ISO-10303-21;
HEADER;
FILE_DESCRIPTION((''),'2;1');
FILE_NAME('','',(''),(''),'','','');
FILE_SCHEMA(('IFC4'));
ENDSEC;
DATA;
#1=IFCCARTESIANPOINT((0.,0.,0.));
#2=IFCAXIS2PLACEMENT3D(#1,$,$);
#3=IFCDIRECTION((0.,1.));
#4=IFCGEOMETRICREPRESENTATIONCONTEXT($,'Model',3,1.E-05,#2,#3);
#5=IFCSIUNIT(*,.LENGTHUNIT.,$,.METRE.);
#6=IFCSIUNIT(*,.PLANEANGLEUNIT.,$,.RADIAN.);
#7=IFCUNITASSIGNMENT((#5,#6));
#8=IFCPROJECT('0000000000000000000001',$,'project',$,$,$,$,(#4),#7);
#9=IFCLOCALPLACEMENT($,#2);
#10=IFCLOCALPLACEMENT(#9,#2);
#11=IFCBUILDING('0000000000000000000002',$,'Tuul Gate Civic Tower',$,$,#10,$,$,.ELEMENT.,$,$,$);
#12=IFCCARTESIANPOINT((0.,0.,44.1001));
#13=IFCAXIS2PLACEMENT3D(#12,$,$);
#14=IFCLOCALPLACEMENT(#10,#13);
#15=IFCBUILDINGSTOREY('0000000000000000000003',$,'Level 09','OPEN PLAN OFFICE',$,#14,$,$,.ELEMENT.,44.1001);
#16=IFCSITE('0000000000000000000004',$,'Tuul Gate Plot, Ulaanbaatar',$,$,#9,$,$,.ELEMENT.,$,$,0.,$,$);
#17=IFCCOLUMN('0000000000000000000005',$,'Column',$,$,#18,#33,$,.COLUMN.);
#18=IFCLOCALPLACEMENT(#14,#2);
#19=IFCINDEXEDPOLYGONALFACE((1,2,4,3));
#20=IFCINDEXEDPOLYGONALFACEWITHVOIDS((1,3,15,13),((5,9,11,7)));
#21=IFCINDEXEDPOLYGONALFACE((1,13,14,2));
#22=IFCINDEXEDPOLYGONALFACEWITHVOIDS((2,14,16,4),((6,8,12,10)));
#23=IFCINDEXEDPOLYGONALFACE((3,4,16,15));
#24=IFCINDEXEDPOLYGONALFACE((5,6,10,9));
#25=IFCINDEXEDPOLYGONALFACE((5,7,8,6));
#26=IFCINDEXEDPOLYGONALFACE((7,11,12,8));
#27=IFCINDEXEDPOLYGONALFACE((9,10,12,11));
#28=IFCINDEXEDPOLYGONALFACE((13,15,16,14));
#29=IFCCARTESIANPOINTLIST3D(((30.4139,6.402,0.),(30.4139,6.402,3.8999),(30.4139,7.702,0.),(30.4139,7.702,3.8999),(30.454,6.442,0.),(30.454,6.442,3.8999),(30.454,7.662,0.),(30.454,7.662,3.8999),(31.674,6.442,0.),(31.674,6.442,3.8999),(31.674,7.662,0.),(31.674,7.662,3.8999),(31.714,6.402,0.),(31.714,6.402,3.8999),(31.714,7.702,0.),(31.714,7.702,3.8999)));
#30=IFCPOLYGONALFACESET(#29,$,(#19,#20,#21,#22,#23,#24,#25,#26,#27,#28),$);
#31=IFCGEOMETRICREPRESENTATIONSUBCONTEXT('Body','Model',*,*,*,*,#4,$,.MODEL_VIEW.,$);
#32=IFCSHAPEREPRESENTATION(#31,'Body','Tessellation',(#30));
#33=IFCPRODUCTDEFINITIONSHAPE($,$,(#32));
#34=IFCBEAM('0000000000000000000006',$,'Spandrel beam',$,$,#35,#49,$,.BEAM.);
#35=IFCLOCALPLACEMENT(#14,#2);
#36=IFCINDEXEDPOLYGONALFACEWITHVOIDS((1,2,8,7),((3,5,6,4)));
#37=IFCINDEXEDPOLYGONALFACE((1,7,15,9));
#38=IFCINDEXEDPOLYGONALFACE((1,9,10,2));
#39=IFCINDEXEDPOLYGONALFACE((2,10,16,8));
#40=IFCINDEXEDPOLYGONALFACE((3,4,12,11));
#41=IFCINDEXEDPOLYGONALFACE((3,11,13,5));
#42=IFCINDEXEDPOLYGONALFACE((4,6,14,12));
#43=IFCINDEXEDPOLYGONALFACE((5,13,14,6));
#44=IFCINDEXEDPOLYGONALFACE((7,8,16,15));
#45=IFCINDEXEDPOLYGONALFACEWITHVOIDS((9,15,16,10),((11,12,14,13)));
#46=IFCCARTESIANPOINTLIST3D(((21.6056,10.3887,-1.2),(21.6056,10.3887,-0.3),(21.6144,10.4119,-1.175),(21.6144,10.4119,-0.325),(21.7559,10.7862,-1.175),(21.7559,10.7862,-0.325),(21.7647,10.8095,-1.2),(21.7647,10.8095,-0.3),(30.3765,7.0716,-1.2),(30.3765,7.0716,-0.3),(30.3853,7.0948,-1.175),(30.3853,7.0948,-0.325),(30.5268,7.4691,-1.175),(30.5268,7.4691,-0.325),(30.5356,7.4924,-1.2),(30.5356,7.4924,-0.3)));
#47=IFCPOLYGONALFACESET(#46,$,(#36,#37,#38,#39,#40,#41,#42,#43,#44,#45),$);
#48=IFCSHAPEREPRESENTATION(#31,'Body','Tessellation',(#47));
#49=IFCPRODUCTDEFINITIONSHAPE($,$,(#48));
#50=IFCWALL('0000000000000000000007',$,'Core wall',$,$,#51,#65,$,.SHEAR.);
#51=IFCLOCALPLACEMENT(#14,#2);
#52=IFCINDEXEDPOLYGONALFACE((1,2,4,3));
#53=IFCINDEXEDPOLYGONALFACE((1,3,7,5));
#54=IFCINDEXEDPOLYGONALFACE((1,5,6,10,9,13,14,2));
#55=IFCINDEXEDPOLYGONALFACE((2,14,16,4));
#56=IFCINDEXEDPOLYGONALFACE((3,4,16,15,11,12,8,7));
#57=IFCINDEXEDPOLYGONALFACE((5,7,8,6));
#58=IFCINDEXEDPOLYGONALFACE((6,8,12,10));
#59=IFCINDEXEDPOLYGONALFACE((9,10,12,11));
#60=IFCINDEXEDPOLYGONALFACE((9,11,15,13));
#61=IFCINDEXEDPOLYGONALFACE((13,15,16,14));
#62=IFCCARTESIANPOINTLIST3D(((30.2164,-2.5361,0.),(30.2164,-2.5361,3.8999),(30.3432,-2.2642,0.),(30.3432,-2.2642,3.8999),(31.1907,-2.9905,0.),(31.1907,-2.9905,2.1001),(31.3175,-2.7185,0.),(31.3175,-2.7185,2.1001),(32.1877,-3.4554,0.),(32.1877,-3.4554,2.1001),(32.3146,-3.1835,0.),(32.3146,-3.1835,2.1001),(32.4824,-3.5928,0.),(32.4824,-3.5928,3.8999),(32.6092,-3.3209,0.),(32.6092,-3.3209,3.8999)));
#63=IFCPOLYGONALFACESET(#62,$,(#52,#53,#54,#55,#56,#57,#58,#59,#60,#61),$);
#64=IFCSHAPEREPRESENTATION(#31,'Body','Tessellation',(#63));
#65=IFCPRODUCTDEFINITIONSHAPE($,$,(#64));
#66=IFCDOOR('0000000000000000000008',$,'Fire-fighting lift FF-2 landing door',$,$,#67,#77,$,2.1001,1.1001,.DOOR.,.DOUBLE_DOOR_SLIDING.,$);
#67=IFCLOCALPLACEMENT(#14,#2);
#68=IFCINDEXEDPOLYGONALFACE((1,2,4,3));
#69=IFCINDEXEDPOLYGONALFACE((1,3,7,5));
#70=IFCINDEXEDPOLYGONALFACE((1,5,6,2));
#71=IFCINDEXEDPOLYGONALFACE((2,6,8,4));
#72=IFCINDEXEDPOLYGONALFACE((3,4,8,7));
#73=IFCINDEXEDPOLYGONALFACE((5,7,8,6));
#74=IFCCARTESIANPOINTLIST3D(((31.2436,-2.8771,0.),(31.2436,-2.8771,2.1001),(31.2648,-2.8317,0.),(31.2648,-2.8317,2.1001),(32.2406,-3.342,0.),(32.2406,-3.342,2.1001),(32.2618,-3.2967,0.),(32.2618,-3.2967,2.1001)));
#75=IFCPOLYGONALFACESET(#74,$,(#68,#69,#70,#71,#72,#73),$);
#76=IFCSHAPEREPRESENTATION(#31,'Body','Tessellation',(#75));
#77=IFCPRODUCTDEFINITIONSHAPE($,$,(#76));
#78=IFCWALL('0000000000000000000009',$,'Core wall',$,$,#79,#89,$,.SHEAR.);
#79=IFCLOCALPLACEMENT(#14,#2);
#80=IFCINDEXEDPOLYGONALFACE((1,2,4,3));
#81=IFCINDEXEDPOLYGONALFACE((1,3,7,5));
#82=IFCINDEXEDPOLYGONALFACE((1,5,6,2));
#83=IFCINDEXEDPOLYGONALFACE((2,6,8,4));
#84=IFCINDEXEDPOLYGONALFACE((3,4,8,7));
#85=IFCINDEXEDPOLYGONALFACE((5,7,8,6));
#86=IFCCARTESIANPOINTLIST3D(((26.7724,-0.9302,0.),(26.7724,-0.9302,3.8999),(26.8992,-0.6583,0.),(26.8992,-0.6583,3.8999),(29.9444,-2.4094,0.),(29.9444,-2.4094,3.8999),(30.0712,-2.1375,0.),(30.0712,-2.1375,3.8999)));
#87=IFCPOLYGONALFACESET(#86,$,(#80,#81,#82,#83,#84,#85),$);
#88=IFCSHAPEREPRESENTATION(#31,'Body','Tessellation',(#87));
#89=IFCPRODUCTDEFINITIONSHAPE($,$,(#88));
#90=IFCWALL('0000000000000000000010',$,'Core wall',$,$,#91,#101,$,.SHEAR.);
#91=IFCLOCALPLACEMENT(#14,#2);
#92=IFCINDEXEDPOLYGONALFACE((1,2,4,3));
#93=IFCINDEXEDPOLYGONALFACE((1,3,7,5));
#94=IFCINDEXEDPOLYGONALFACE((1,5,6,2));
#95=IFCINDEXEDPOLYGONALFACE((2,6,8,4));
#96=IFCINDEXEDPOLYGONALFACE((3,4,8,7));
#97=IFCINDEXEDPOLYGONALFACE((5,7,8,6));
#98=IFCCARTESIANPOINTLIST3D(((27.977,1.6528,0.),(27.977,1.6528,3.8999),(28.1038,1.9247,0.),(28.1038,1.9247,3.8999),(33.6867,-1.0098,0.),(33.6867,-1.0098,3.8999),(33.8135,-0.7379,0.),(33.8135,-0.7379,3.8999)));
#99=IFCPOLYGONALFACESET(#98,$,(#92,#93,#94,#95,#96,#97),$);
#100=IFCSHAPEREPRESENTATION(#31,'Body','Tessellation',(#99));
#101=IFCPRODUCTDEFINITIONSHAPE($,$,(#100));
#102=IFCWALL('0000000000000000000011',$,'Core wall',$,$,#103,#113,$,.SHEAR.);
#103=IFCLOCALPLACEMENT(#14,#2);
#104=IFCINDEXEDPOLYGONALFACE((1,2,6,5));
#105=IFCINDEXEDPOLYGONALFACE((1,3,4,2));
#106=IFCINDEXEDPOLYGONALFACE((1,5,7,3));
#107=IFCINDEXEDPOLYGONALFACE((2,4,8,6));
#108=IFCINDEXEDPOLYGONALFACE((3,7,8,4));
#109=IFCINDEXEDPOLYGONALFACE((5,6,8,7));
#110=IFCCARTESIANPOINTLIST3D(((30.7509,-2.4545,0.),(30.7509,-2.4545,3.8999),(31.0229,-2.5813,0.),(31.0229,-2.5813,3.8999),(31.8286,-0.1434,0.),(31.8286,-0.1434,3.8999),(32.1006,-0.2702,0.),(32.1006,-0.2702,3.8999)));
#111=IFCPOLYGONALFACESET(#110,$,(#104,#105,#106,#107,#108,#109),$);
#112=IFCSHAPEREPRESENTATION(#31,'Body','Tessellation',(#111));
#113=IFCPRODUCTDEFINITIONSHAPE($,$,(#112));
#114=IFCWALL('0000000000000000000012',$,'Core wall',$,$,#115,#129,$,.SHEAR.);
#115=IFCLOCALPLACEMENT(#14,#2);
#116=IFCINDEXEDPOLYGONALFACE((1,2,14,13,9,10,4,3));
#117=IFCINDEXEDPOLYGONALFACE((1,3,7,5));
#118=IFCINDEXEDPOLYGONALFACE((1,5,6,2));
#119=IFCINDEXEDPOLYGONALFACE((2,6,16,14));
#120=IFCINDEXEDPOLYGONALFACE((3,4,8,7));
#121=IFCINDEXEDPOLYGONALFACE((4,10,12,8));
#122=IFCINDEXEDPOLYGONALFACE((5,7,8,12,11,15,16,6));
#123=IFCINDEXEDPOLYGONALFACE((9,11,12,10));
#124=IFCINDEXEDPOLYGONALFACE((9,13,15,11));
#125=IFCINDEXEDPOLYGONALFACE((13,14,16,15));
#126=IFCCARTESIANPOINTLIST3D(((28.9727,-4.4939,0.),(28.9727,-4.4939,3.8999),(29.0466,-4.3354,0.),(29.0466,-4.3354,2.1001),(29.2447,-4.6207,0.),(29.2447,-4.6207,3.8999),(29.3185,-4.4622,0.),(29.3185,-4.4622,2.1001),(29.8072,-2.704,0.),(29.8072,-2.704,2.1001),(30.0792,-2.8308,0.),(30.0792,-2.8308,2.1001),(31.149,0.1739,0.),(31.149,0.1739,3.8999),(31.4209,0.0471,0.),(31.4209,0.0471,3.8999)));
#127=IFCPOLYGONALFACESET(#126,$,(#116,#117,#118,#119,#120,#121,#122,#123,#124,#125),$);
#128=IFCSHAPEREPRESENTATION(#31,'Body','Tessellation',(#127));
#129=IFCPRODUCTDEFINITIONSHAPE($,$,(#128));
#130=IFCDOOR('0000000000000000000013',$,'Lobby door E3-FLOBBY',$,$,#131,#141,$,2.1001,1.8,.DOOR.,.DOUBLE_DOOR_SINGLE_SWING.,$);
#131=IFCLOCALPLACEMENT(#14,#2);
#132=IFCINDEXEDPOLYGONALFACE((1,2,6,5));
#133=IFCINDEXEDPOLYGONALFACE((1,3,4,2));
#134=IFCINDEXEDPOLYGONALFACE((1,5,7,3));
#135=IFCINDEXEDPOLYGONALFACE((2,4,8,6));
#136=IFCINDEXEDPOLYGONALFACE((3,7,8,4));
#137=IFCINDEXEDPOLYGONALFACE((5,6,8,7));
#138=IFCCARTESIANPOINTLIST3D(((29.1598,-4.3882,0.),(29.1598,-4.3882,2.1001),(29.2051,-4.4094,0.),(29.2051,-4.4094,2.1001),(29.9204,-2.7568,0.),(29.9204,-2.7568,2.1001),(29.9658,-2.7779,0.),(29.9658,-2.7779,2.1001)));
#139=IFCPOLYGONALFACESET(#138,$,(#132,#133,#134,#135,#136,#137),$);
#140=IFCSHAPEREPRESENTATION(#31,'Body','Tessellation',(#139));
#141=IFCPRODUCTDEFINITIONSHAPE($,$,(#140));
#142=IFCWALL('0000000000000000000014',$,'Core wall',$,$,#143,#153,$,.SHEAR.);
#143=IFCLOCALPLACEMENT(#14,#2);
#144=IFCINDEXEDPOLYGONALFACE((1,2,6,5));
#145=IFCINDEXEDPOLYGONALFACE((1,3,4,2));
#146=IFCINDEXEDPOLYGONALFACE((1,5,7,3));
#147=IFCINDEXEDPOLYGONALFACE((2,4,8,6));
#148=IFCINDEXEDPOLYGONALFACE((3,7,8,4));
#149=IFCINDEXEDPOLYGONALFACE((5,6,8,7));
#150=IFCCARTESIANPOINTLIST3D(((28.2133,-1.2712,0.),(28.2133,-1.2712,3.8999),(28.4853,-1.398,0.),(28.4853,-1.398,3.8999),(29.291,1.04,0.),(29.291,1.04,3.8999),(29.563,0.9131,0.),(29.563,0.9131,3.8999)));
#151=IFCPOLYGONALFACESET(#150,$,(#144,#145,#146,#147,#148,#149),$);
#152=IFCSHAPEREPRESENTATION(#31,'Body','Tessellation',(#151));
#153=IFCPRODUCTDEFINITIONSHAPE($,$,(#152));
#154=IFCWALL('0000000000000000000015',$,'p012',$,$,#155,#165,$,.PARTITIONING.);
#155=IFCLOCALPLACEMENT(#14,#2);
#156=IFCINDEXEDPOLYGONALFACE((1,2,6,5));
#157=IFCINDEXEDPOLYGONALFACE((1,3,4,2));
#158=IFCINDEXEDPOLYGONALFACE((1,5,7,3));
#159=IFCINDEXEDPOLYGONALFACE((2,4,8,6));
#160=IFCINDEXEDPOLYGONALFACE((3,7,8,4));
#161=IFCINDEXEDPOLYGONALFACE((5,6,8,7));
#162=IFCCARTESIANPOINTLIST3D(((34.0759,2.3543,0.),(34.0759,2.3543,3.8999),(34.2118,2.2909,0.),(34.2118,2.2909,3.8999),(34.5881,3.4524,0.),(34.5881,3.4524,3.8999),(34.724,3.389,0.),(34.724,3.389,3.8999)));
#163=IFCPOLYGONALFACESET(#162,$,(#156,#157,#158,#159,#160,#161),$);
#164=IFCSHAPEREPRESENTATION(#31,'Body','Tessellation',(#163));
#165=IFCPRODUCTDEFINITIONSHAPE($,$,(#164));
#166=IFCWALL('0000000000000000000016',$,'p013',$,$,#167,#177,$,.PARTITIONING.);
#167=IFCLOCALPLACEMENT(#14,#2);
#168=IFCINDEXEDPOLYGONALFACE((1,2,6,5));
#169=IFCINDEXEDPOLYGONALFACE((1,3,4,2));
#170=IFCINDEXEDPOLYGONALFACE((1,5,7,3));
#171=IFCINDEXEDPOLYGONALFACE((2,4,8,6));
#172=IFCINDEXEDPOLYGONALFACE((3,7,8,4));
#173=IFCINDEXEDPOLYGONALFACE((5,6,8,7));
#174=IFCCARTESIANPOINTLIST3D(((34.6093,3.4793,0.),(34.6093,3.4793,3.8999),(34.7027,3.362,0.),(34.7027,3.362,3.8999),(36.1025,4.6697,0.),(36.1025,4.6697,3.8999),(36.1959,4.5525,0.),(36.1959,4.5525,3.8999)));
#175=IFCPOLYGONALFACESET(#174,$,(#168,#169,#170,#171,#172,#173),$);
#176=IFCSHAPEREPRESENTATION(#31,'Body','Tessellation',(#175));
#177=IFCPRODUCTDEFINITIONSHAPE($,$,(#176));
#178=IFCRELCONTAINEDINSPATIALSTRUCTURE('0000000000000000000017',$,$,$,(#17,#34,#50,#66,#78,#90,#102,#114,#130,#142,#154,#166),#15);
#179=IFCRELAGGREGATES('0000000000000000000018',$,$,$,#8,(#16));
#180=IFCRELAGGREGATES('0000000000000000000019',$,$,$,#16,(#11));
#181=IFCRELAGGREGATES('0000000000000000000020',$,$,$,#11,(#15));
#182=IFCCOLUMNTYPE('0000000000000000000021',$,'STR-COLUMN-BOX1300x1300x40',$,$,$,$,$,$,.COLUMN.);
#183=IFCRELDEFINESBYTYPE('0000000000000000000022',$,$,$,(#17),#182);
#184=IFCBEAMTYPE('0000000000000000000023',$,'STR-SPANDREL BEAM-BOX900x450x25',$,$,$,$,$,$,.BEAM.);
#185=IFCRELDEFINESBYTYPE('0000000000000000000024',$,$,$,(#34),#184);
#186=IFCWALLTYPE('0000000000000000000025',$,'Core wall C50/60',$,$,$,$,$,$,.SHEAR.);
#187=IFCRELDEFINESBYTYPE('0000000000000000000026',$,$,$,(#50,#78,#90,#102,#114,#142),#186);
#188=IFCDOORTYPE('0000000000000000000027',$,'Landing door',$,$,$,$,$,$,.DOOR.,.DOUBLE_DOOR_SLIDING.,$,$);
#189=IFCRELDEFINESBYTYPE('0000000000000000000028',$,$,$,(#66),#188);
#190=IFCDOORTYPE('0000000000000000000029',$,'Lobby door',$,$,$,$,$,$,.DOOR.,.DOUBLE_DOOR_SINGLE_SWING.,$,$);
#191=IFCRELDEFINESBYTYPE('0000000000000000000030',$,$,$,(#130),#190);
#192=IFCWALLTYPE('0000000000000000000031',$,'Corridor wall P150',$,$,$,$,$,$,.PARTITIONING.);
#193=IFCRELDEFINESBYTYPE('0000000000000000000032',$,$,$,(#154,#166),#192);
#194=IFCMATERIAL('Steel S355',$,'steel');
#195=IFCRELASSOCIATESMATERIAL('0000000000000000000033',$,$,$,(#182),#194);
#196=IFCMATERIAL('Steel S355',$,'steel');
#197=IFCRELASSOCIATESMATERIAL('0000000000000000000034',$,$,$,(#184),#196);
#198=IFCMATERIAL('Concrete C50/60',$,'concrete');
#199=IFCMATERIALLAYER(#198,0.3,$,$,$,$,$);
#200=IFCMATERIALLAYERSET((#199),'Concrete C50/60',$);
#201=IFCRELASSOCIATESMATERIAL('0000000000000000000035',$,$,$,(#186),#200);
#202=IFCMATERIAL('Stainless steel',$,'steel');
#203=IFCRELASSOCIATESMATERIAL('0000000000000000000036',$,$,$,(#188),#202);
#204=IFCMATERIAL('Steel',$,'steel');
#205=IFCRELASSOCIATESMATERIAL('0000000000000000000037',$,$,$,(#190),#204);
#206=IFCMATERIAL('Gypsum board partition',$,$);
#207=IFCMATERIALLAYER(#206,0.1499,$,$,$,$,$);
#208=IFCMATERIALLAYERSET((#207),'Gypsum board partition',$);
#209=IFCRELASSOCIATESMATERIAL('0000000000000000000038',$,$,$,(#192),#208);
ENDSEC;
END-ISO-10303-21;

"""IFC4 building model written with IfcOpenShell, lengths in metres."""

from ifc_helpers import new_model, si_unit, direction, frame, frame_2d, origin, origin_2d, place, context, subcontext, project, spatial, rectangle, hollow_rectangle, extrude, material, layer, layer_set, material_profile, profile_set, type_object, element, fill, save


model = new_model("IFC4")

# Units and contexts
model_context = context("Model", 3, precision=1e-05, world=origin(), true_north=direction((0.0, 1.0)))
body_context = subcontext(model_context, "Body", "Model", "MODEL_VIEW")
ifc_project = project(units=[si_unit("LENGTHUNIT", "METRE"), si_unit("PLANEANGLEUNIT", "RADIAN")], contexts=[model_context])

# Site, building, storey
site_placement = place(None, origin())
site = spatial("IfcSite", under=ifc_project, at=site_placement, Name="Tuul Gate Plot, Ulaanbaatar", CompositionType="ELEMENT", RefElevation=0.0)
building_placement = place(site_placement, origin())
building = spatial("IfcBuilding", under=site, at=building_placement, Name="Tuul Gate Civic Tower", CompositionType="ELEMENT")
storey_placement = place(building_placement, frame((0.0, 0.0, 44.1001)))
storey = spatial("IfcBuildingStorey", under=building, at=storey_placement, Name="Level 09", Description="OPEN PLAN OFFICE", CompositionType="ELEMENT", Elevation=44.1001)

# Column
ifc_material_1 = material(Name="Steel S355", Category="steel")
ifc_material_profile_1 = material_profile(ifc_material_1, hollow_rectangle(XDim=1.3, YDim=1.3, WallThickness=0.04, at=origin_2d()), Name="BOX1300x1300x40")
ifc_profile_set_1 = profile_set([ifc_material_profile_1], Name="Steel S355")
column_type = type_object("IfcColumnType", Name="STR-COLUMN-BOX1300x1300x40", PredefinedType="COLUMN", material=ifc_profile_set_1)
column_placement = place(storey_placement, frame((31.064, 7.052, 0.0), z_axis=(0.0, 0.0, 1.0), x_axis=(1.0, 0.0, 0.0)))
element("IfcColumn", 1, at=column_placement, inside=storey, type_object=column_type, Name="Column", PredefinedType="COLUMN", context=body_context, shape_type="SweptSolid", body=[
    extrude(hollow_rectangle(XDim=1.3, YDim=1.3, WallThickness=0.04, at=origin_2d()), origin(), (0.0, 0.0, 1.0), 3.8999),
])

# Beam
ifc_material_2 = material(Name="Steel S355", Category="steel")
ifc_material_profile_2 = material_profile(ifc_material_2, hollow_rectangle(XDim=0.45, YDim=0.8999, WallThickness=0.0249, at=origin_2d()), Name="BOX900x450x25")
ifc_profile_set_2 = profile_set([ifc_material_profile_2], Name="Steel S355")
beam_type = type_object("IfcBeamType", Name="STR-SPANDREL BEAM-BOX900x450x25", PredefinedType="BEAM", material=ifc_profile_set_2)
beam_placement = place(storey_placement, frame((30.4561, 7.282, -0.75), z_axis=(-0.935343, 0.353741, 0.0), x_axis=(-0.353741, -0.935343, 0.0)))
element("IfcBeam", 2, at=beam_placement, inside=storey, type_object=beam_type, Name="Spandrel beam", PredefinedType="BEAM", context=body_context, shape_type="SweptSolid", body=[
    extrude(hollow_rectangle(XDim=0.45, YDim=0.8999, WallThickness=0.0249, at=origin_2d()), origin(), (0.0, 0.0, 1.0), 9.3772),
])

# Wall, opening, door
ifc_material_3 = material(Name="Concrete C50/60", Category="concrete")
ifc_layer_1 = layer(ifc_material_3, 0.3)
ifc_layer_set_1 = layer_set([ifc_layer_1], Name="Concrete C50/60")
wall_type_1 = type_object("IfcWallType", Name="Core wall C50/60", PredefinedType="SHEAR", material=ifc_layer_set_1)
wall_1_placement = place(storey_placement, frame((32.5457, -3.4568, 0.0), z_axis=(0.0, 0.0, 1.0), x_axis=(-0.9063, 0.422634, 0.0)))
wall_1 = element("IfcWall", 3, at=wall_1_placement, inside=storey, type_object=wall_type_1, Name="Core wall", PredefinedType="SHEAR", context=body_context, shape_type="SweptSolid", body=[
    extrude(rectangle(XDim=2.5002, YDim=0.3, at=frame_2d((1.25, 0.0))), origin(), (0.0, 0.0, 1.0), 3.8999),
])
opening_1_placement = place(wall_1_placement, frame((0.325, 0.0, 0.0)))
opening_1 = element("IfcOpeningElement", 4, at=opening_1_placement, cuts=wall_1, PredefinedType="OPENING", context=body_context, shape_type="SweptSolid", body=[
    extrude(rectangle(XDim=1.1001, YDim=2.1001, at=frame_2d((0.55, 1.05))), frame((0.0, 0.1602, 0.0), z_axis=(0.0, -1.0, 0.0), x_axis=(1.0, 0.0, 0.0)), (0.0, 0.0, 1.0), 0.3201),
])
ifc_material_4 = material(Name="Stainless steel", Category="steel")
door_type_1 = type_object("IfcDoorType", Name="Landing door", OperationType="DOUBLE_DOOR_SLIDING", PredefinedType="DOOR", material=ifc_material_4)
door_1_placement = place(opening_1_placement, origin())
door_1 = element("IfcDoor", 5, at=door_1_placement, inside=storey, type_object=door_type_1, Name="Fire-fighting lift FF-2 landing door", OperationType="DOUBLE_DOOR_SLIDING", OverallHeight=2.1001, OverallWidth=1.1001, PredefinedType="DOOR", context=body_context, shape_type="SweptSolid", body=[
    extrude(rectangle(XDim=1.1001, YDim=2.1001, at=frame_2d((0.55, 1.05))), frame((0.0, 0.0249, 0.0), z_axis=(0.0, -1.0, 0.0), x_axis=(1.0, 0.0, 0.0)), (0.0, 0.0, 1.0), 0.05),
])
fill(opening_1, door_1)

# Walls
wall_2_placement = place(storey_placement, frame((30.0078, -2.2734, 0.0), z_axis=(0.0, 0.0, 1.0), x_axis=(-0.906301, 0.422633, 0.0)))
element("IfcWall", 6, at=wall_2_placement, inside=storey, type_object=wall_type_1, Name="Core wall", PredefinedType="SHEAR", context=body_context, shape_type="SweptSolid", body=[
    extrude(rectangle(XDim=3.5, YDim=0.3, at=frame_2d((1.75, 0.0))), origin(), (0.0, 0.0, 1.0), 3.8999),
])
wall_3_placement = place(storey_placement, frame((33.75, -0.8738, 0.0), z_axis=(0.0, 0.0, 1.0), x_axis=(-0.906301, 0.422633, 0.0)))
element("IfcWall", 7, at=wall_3_placement, inside=storey, type_object=wall_type_1, Name="Core wall", PredefinedType="SHEAR", context=body_context, shape_type="SweptSolid", body=[
    extrude(rectangle(XDim=6.3, YDim=0.3, at=frame_2d((3.1499, 0.0))), origin(), (0.0, 0.0, 1.0), 3.8999),
])
wall_4_placement = place(storey_placement, frame((30.887, -2.5178, 0.0), z_axis=(0.0, 0.0, 1.0), x_axis=(0.422613, 0.90631, 0.0)))
element("IfcWall", 8, at=wall_4_placement, inside=storey, type_object=wall_type_1, Name="Core wall", PredefinedType="SHEAR", context=body_context, shape_type="SweptSolid", body=[
    extrude(rectangle(XDim=2.55, YDim=0.3, at=frame_2d((1.2749, 0.0))), origin(), (0.0, 0.0, 1.0), 3.8999),
])

# Wall, opening, door
wall_5_placement = place(storey_placement, frame((29.1086, -4.5574, 0.0), z_axis=(0.0, 0.0, 1.0), x_axis=(0.422566, 0.906332, 0.0)))
wall_5 = element("IfcWall", 9, at=wall_5_placement, inside=storey, type_object=wall_type_1, Name="Core wall", PredefinedType="SHEAR", context=body_context, shape_type="SweptSolid", body=[
    extrude(rectangle(XDim=5.1501, YDim=0.3, at=frame_2d((2.5752, 0.0))), origin(), (0.0, 0.0, 1.0), 3.8999),
])
opening_2_placement = place(wall_5_placement, frame((0.175, 0.0, 0.0)))
opening_2 = element("IfcOpeningElement", 10, at=opening_2_placement, cuts=wall_5, PredefinedType="OPENING", context=body_context, shape_type="SweptSolid", body=[
    extrude(rectangle(XDim=1.8, YDim=2.1001, at=frame_2d((0.8999, 1.05))), frame((0.0, 0.1602, 0.0), z_axis=(0.0, -1.0, 0.0), x_axis=(1.0, 0.0, 0.0)), (0.0, 0.0, 1.0), 0.3201),
])
ifc_material_5 = material(Name="Steel", Category="steel")
door_type_2 = type_object("IfcDoorType", Name="Lobby door", OperationType="DOUBLE_DOOR_SINGLE_SWING", PredefinedType="DOOR", material=ifc_material_5)
door_2_placement = place(opening_2_placement, frame((1.8, 0.0, 0.0), z_axis=(0.0, 0.0, 1.0), x_axis=(-1.0, 0.0, 0.0)))
door_2 = element("IfcDoor", 11, at=door_2_placement, inside=storey, type_object=door_type_2, Name="Lobby door E3-FLOBBY", OperationType="DOUBLE_DOOR_SINGLE_SWING", OverallHeight=2.1001, OverallWidth=1.8, PredefinedType="DOOR", context=body_context, shape_type="SweptSolid", body=[
    extrude(rectangle(XDim=1.8, YDim=2.1001, at=frame_2d((0.9001, 1.05))), frame((0.0, 0.0249, 0.0), z_axis=(0.0, -1.0, 0.0), x_axis=(1.0, 0.0, 0.0)), (0.0, 0.0, 1.0), 0.05),
])
fill(opening_2, door_2)

# Walls
wall_6_placement = place(storey_placement, frame((28.3494, -1.3345, 0.0), z_axis=(0.0, 0.0, 1.0), x_axis=(0.422613, 0.90631, 0.0)))
element("IfcWall", 12, at=wall_6_placement, inside=storey, type_object=wall_type_1, Name="Core wall", PredefinedType="SHEAR", context=body_context, shape_type="SweptSolid", body=[
    extrude(rectangle(XDim=2.55, YDim=0.3, at=frame_2d((1.2749, 0.0))), origin(), (0.0, 0.0, 1.0), 3.8999),
])
ifc_material_6 = material(Name="Gypsum board partition")
ifc_layer_2 = layer(ifc_material_6, 0.1499)
ifc_layer_set_2 = layer_set([ifc_layer_2], Name="Gypsum board partition")
wall_type_2 = type_object("IfcWallType", Name="Corridor wall P150", PredefinedType="PARTITIONING", material=ifc_layer_set_2)
wall_7_placement = place(storey_placement, frame((34.1438, 2.3225, 0.0), z_axis=(0.0, 0.0, 1.0), x_axis=(0.422709, 0.906265, 0.0)))
element("IfcWall", 13, at=wall_7_placement, inside=storey, type_object=wall_type_2, Name="p012", PredefinedType="PARTITIONING", context=body_context, shape_type="SweptSolid", body=[
    extrude(rectangle(XDim=1.2117, YDim=0.1499, at=frame_2d((0.606, 0.0))), origin(), (0.0, 0.0, 1.0), 3.8999),
])
wall_8_placement = place(storey_placement, frame((34.656, 3.4207, 0.0), z_axis=(0.0, 0.0, 1.0), x_axis=(0.781915, 0.623385, 0.0)))
element("IfcWall", 14, at=wall_8_placement, inside=storey, type_object=wall_type_2, Name="p013", PredefinedType="PARTITIONING", context=body_context, shape_type="SweptSolid", body=[
    extrude(rectangle(XDim=1.9097, YDim=0.1499, at=frame_2d((0.9548, 0.0))), origin(), (0.0, 0.0, 1.0), 3.8999),
])

save(model, "model.ifc")
